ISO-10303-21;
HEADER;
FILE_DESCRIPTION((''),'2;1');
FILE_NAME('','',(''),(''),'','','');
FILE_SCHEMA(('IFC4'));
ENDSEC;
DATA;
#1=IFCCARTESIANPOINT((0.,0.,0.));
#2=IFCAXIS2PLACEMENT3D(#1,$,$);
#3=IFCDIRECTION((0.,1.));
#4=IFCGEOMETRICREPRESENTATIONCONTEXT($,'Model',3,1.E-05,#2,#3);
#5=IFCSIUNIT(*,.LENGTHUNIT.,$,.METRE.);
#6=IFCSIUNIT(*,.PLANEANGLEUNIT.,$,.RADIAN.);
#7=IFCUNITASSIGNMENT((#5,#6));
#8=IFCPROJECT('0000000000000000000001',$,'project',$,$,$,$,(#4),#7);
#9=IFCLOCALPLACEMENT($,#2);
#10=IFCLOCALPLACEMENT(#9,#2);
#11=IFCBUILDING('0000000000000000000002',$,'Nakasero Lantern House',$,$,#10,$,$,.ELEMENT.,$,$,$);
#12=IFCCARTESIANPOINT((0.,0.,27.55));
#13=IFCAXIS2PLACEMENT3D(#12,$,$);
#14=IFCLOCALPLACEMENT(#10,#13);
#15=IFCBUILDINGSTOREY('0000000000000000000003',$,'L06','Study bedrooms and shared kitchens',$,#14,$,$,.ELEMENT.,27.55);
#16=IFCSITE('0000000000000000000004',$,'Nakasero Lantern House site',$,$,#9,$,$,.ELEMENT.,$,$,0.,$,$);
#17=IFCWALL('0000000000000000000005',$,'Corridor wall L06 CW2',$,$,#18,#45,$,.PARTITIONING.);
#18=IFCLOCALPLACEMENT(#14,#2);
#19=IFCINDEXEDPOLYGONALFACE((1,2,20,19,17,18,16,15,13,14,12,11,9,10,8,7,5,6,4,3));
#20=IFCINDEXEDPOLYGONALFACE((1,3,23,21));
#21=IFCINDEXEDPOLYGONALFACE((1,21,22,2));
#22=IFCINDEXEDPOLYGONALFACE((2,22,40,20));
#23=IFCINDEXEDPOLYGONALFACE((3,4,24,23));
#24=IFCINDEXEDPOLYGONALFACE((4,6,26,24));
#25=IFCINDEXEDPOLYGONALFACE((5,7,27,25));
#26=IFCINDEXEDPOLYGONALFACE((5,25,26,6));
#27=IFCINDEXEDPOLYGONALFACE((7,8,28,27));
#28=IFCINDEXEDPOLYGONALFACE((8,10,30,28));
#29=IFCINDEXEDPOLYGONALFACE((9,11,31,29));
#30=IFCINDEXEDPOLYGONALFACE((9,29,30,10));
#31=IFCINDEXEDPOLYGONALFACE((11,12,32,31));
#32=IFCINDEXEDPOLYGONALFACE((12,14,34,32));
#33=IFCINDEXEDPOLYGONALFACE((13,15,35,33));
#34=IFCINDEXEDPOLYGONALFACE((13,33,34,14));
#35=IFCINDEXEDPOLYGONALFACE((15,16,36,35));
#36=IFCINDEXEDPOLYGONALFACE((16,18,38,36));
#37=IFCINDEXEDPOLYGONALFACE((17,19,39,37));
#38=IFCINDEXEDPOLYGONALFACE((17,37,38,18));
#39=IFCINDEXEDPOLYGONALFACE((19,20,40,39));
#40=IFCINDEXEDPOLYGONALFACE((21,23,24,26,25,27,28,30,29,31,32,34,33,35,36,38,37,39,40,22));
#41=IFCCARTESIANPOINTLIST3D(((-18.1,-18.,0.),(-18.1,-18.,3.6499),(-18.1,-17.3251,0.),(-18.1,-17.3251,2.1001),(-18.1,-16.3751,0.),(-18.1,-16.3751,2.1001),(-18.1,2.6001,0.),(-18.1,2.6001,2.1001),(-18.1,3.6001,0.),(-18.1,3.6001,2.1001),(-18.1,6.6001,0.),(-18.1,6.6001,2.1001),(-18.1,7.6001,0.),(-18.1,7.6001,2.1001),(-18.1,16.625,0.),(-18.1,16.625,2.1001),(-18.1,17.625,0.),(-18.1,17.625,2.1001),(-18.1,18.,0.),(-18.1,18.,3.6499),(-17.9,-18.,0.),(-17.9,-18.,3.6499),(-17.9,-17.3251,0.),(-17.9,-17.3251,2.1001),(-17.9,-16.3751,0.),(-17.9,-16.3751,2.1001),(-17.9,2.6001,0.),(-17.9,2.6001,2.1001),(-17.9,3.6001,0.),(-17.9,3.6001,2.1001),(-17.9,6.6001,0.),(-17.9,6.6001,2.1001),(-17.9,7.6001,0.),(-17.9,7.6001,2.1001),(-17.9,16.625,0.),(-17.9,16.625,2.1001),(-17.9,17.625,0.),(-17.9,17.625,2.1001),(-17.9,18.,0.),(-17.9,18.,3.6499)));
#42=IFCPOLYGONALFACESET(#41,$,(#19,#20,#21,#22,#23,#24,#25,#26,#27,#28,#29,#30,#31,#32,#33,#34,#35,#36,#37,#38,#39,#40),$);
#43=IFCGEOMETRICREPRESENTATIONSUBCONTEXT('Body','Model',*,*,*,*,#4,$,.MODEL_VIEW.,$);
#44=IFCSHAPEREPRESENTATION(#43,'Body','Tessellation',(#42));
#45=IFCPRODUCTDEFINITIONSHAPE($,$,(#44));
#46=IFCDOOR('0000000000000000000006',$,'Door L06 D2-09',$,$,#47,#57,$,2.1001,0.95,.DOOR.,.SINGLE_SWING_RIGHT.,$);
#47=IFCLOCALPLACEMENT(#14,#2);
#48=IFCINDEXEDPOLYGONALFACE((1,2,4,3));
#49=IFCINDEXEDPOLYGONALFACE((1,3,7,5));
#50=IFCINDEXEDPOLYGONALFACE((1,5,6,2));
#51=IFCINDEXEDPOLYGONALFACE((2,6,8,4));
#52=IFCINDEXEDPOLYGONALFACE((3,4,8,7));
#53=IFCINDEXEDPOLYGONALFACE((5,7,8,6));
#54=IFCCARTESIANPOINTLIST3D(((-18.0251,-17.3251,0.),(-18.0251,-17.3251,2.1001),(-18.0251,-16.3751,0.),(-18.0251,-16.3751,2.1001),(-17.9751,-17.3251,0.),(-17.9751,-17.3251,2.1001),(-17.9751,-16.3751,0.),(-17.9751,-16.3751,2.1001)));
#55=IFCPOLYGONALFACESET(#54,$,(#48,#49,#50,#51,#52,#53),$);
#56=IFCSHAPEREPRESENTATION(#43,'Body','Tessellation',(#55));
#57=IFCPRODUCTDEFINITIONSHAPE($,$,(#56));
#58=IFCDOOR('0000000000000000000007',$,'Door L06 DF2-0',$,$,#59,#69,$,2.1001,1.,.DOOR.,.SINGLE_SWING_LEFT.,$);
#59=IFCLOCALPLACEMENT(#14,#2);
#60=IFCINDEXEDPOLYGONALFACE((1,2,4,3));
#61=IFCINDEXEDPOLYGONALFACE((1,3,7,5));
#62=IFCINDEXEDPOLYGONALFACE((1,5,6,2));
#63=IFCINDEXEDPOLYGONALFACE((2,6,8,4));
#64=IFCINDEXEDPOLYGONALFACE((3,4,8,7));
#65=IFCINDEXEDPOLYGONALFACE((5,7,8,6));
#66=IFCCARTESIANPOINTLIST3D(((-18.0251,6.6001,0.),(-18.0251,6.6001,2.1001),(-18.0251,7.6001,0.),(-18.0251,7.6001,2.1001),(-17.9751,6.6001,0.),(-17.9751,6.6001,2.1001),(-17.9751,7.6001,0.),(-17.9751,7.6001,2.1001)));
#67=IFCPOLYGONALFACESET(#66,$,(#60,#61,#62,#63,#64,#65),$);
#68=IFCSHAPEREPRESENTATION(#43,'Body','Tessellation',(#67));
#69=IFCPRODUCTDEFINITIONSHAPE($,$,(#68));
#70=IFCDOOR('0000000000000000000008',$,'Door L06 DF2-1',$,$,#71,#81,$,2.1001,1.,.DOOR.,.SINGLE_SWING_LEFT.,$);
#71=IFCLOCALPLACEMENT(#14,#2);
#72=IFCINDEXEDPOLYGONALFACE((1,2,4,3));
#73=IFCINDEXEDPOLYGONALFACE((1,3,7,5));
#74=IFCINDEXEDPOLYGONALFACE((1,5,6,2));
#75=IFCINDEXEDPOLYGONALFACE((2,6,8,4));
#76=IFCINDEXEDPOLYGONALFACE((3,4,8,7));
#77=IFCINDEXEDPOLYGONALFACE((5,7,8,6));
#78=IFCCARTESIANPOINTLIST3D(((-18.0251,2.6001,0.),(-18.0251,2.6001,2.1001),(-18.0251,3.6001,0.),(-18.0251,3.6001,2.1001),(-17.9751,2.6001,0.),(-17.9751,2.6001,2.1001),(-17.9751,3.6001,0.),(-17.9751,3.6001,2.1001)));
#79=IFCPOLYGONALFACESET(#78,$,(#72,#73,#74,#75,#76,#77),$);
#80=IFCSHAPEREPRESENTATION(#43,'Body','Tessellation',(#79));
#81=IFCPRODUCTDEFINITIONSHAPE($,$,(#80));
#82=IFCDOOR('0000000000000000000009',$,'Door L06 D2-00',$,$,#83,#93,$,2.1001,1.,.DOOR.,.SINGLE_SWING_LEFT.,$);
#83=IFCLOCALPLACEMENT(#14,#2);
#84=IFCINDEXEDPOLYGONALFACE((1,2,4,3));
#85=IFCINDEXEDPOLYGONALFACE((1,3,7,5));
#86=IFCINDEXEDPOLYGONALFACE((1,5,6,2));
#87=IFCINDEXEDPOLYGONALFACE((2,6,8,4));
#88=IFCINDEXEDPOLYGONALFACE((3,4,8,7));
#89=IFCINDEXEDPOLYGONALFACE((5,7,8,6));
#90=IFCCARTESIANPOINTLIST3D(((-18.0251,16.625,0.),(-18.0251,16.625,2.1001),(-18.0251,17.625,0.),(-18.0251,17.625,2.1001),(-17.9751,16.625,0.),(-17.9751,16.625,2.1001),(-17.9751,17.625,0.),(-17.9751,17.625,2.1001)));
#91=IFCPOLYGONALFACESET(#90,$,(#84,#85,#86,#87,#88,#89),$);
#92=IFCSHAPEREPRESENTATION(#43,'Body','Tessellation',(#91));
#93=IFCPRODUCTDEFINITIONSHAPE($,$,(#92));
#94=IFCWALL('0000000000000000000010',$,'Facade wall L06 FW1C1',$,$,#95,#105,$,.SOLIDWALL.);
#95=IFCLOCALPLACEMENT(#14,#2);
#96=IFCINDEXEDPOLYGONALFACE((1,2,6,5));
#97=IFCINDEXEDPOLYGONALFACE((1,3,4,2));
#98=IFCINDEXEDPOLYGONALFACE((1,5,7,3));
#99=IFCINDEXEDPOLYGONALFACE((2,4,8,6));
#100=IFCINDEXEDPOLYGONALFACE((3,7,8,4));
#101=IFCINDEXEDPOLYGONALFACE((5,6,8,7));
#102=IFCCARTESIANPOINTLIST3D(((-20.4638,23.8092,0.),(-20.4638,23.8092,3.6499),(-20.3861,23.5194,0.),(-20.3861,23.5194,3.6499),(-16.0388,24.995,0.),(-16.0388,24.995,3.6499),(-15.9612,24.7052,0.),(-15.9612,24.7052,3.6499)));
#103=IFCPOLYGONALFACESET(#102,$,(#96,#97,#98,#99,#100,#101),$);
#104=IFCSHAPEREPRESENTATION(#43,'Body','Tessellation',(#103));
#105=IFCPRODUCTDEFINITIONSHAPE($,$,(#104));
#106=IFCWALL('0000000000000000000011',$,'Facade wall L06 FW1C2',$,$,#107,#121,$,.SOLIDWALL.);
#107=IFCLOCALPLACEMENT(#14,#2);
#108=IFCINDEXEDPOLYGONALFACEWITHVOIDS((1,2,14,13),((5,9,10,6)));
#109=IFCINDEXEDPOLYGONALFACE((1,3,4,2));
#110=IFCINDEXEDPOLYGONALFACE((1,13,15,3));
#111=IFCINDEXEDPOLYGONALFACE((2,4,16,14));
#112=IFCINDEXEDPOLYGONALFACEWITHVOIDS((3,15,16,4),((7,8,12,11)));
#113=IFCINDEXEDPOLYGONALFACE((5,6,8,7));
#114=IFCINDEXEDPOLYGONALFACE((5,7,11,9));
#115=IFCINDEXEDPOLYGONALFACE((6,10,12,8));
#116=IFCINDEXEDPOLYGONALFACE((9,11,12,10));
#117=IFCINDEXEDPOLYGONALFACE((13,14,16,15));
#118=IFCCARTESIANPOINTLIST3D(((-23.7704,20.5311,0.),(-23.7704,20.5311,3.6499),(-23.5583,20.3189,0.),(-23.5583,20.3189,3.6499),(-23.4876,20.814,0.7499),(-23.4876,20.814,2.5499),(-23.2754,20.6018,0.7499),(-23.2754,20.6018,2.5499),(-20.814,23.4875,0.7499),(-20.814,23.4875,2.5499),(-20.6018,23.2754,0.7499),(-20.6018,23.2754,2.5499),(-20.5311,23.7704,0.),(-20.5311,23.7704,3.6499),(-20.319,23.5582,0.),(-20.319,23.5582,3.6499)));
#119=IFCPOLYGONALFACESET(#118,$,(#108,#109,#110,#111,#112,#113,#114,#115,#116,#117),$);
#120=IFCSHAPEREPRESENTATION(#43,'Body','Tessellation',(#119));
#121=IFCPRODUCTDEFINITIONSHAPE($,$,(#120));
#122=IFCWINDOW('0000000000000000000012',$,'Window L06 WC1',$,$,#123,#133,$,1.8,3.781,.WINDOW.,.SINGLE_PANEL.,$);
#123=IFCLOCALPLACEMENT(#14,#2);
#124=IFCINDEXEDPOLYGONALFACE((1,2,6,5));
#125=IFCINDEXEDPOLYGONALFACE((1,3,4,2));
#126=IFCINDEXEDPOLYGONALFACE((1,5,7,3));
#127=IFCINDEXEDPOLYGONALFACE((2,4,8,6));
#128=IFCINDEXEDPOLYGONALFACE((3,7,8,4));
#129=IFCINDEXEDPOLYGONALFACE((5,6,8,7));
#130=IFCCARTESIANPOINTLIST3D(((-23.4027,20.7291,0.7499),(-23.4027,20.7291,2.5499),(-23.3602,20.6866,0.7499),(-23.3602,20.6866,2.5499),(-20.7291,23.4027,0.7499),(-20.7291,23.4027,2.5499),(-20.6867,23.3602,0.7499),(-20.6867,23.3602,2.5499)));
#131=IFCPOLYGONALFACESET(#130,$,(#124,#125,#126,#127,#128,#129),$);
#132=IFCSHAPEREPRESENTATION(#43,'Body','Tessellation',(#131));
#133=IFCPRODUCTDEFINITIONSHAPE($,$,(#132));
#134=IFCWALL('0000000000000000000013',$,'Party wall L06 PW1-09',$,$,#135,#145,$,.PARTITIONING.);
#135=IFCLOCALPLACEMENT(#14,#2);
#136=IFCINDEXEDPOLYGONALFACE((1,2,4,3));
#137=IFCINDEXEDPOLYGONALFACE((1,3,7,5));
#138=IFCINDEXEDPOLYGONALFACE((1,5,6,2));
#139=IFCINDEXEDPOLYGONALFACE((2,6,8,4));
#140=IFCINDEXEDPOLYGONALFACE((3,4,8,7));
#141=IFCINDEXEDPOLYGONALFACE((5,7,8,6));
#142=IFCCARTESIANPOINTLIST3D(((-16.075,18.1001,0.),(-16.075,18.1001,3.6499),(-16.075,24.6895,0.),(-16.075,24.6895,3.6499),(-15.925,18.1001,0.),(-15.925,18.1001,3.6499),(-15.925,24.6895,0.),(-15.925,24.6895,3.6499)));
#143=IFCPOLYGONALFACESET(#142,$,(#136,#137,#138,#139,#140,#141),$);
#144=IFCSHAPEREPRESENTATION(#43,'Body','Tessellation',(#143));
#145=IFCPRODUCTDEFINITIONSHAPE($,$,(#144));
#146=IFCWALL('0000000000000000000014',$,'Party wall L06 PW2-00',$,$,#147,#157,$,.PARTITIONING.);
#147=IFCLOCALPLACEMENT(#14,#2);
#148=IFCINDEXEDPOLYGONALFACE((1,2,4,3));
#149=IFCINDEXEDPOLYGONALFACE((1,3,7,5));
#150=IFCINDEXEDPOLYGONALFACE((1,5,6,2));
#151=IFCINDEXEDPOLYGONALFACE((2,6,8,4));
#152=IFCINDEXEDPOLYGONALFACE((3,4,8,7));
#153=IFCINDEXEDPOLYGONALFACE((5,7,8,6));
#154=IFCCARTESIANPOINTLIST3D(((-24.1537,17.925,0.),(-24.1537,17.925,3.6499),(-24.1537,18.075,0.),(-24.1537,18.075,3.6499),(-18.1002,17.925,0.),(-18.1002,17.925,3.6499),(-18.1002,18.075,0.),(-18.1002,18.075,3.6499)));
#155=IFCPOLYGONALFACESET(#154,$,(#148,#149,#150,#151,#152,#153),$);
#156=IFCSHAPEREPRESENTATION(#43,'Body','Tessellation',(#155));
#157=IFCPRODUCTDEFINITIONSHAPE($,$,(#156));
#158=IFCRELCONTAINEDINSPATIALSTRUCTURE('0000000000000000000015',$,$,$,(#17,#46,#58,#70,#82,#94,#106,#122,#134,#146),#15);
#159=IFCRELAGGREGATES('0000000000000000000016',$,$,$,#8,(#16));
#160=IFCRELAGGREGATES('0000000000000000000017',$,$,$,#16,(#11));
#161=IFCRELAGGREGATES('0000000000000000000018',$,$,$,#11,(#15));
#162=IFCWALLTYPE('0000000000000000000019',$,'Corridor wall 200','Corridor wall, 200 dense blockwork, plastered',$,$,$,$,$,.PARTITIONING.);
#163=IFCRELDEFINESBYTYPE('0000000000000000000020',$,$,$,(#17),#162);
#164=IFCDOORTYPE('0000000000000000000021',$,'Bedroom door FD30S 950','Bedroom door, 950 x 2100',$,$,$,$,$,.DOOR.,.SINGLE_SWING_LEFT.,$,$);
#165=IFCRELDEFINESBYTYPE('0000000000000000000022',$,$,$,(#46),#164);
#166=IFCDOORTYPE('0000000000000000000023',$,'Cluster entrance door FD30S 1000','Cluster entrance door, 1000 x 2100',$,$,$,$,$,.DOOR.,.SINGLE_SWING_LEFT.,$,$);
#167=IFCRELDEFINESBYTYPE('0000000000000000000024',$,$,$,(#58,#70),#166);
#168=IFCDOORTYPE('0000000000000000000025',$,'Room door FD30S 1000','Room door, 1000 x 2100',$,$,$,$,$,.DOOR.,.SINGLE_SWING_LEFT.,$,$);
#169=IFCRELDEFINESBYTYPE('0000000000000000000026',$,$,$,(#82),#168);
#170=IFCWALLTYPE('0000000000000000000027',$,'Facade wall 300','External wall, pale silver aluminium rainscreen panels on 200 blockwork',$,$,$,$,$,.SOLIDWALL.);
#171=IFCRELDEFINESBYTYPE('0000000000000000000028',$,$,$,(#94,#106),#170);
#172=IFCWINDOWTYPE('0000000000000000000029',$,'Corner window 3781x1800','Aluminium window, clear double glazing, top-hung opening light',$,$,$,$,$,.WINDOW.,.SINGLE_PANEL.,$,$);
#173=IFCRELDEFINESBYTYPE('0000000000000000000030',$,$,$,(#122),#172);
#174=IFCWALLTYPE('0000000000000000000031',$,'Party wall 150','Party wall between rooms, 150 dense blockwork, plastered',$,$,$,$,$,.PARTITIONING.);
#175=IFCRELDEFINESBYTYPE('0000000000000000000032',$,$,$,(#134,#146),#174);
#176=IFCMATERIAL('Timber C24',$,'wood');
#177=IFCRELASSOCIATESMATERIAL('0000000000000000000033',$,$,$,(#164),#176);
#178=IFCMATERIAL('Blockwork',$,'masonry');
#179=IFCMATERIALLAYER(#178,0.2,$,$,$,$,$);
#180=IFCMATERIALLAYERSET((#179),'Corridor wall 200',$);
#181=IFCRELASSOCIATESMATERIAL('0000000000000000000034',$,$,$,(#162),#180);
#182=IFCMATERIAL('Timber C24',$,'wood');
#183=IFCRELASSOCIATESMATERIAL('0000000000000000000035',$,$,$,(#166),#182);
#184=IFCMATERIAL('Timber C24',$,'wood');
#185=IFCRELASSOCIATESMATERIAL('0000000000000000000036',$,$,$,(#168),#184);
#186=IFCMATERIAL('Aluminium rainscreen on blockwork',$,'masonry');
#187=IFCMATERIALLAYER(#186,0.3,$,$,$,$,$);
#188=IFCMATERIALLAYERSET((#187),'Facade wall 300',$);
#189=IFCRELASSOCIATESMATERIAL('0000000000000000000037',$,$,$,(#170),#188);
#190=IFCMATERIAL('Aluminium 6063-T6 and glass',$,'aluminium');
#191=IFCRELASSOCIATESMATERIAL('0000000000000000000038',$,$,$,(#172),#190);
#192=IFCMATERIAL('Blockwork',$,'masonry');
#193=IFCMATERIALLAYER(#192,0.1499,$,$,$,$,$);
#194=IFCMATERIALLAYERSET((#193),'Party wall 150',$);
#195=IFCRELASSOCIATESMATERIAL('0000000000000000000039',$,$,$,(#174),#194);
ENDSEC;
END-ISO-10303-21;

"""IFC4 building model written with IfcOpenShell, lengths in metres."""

from ifc_helpers import new_model, si_unit, direction, frame, frame_2d, origin, place, context, subcontext, project, spatial, rectangle, extrude, material, layer, layer_set, type_object, element, fill, save


model = new_model("IFC4")

# Units and contexts
model_context = context("Model", 3, precision=1e-05, world=origin(), true_north=direction((0.0, 1.0)))
body_context = subcontext(model_context, "Body", "Model", "MODEL_VIEW")
ifc_project = project(units=[si_unit("LENGTHUNIT", "METRE"), si_unit("PLANEANGLEUNIT", "RADIAN")], contexts=[model_context])

# Site, building, storey
site_placement = place(None, origin())
site = spatial("IfcSite", under=ifc_project, at=site_placement, Name="Nakasero Lantern House site", CompositionType="ELEMENT", RefElevation=0.0)
building_placement = place(site_placement, origin())
building = spatial("IfcBuilding", under=site, at=building_placement, Name="Nakasero Lantern House", CompositionType="ELEMENT")
storey_placement = place(building_placement, frame((0.0, 0.0, 27.55)))
storey = spatial("IfcBuildingStorey", under=building, at=storey_placement, Name="L06", Description="Study bedrooms and shared kitchens", CompositionType="ELEMENT", Elevation=27.55)

# Wall, openings, doors
ifc_material_1 = material(Name="Timber C24", Category="wood")
door_type_1 = type_object("IfcDoorType", Name="Bedroom door FD30S 950", Description="Bedroom door, 950 x 2100", OperationType="SINGLE_SWING_LEFT", PredefinedType="DOOR", material=ifc_material_1)
ifc_material_2 = material(Name="Blockwork", Category="masonry")
ifc_layer_1 = layer(ifc_material_2, 0.2)
ifc_layer_set_1 = layer_set([ifc_layer_1], Name="Corridor wall 200")
wall_type_1 = type_object("IfcWallType", Name="Corridor wall 200", Description="Corridor wall, 200 dense blockwork, plastered", PredefinedType="PARTITIONING", material=ifc_layer_set_1)
wall_1_placement = place(storey_placement, frame((-18.0, 18.0, 0.0), z_axis=(0.0, 0.0, 1.0), x_axis=(0.0, -1.0, 0.0)))
wall_1 = element("IfcWall", 1, at=wall_1_placement, inside=storey, type_object=wall_type_1, Name="Corridor wall L06 CW2", PredefinedType="PARTITIONING", context=body_context, shape_type="SweptSolid", body=[
    extrude(rectangle(XDim=36.0, YDim=0.2, at=frame_2d((18.0, 0.0))), origin(), (0.0, 0.0, 1.0), 3.6499),
])
opening_1_placement = place(wall_1_placement, frame((10.3999, 0.0, 0.0)))
opening_1 = element("IfcOpeningElement", 2, at=opening_1_placement, cuts=wall_1, PredefinedType="OPENING", context=body_context, shape_type="SweptSolid", body=[
    extrude(rectangle(XDim=1.0, YDim=2.1001, at=frame_2d((0.5, 1.05))), frame((0.0, 0.1199, 0.0), z_axis=(0.0, -1.0, 0.0), x_axis=(1.0, 0.0, 0.0)), (0.0, 0.0, 1.0), 0.24),
])
opening_2_placement = place(wall_1_placement, frame((14.3999, 0.0, 0.0)))
opening_2 = element("IfcOpeningElement", 3, at=opening_2_placement, cuts=wall_1, PredefinedType="OPENING", context=body_context, shape_type="SweptSolid", body=[
    extrude(rectangle(XDim=1.0, YDim=2.1001, at=frame_2d((0.5, 1.05))), frame((0.0, 0.1199, 0.0), z_axis=(0.0, -1.0, 0.0), x_axis=(1.0, 0.0, 0.0)), (0.0, 0.0, 1.0), 0.24),
])
opening_3_placement = place(wall_1_placement, frame((0.375, 0.0, 0.0)))
opening_3 = element("IfcOpeningElement", 4, at=opening_3_placement, cuts=wall_1, PredefinedType="OPENING", context=body_context, shape_type="SweptSolid", body=[
    extrude(rectangle(XDim=1.0, YDim=2.1001, at=frame_2d((0.5, 1.05))), frame((0.0, 0.1199, 0.0), z_axis=(0.0, -1.0, 0.0), x_axis=(1.0, 0.0, 0.0)), (0.0, 0.0, 1.0), 0.24),
])
opening_4_placement = place(wall_1_placement, frame((34.375, 0.0, 0.0)))
opening_4 = element("IfcOpeningElement", 5, at=opening_4_placement, cuts=wall_1, PredefinedType="OPENING", context=body_context, shape_type="SweptSolid", body=[
    extrude(rectangle(XDim=0.95, YDim=2.1001, at=frame_2d((0.4751, 1.05))), frame((0.0, 0.1199, 0.0), z_axis=(0.0, -1.0, 0.0), x_axis=(1.0, 0.0, 0.0)), (0.0, 0.0, 1.0), 0.24),
])
door_1_placement = place(opening_4_placement, origin())
door_1 = element("IfcDoor", 6, at=door_1_placement, inside=storey, type_object=door_type_1, Name="Door L06 D2-09", OperationType="SINGLE_SWING_RIGHT", OverallHeight=2.1001, OverallWidth=0.95, PredefinedType="DOOR", context=body_context, shape_type="SweptSolid", body=[
    extrude(rectangle(XDim=0.95, YDim=2.1001, at=frame_2d((0.4751, 1.05))), frame((0.0, 0.0249, 0.0), z_axis=(0.0, -1.0, 0.0), x_axis=(1.0, 0.0, 0.0)), (0.0, 0.0, 1.0), 0.05),
])
fill(opening_4, door_1)
ifc_material_3 = material(Name="Timber C24", Category="wood")
door_type_2 = type_object("IfcDoorType", Name="Cluster entrance door FD30S 1000", Description="Cluster entrance door, 1000 x 2100", OperationType="SINGLE_SWING_LEFT", PredefinedType="DOOR", material=ifc_material_3)
door_2_placement = place(opening_1_placement, origin())
door_2 = element("IfcDoor", 7, at=door_2_placement, inside=storey, type_object=door_type_2, Name="Door L06 DF2-0", OperationType="SINGLE_SWING_LEFT", OverallHeight=2.1001, OverallWidth=1.0, PredefinedType="DOOR", context=body_context, shape_type="SweptSolid", body=[
    extrude(rectangle(XDim=1.0, YDim=2.1001, at=frame_2d((0.5, 1.05))), frame((0.0, 0.0249, 0.0), z_axis=(0.0, -1.0, 0.0), x_axis=(1.0, 0.0, 0.0)), (0.0, 0.0, 1.0), 0.05),
])
fill(opening_1, door_2)
door_3_placement = place(opening_2_placement, origin())
door_3 = element("IfcDoor", 8, at=door_3_placement, inside=storey, type_object=door_type_2, Name="Door L06 DF2-1", OperationType="SINGLE_SWING_LEFT", OverallHeight=2.1001, OverallWidth=1.0, PredefinedType="DOOR", context=body_context, shape_type="SweptSolid", body=[
    extrude(rectangle(XDim=1.0, YDim=2.1001, at=frame_2d((0.5, 1.05))), frame((0.0, 0.0249, 0.0), z_axis=(0.0, -1.0, 0.0), x_axis=(1.0, 0.0, 0.0)), (0.0, 0.0, 1.0), 0.05),
])
fill(opening_2, door_3)
ifc_material_4 = material(Name="Timber C24", Category="wood")
door_type_3 = type_object("IfcDoorType", Name="Room door FD30S 1000", Description="Room door, 1000 x 2100", OperationType="SINGLE_SWING_LEFT", PredefinedType="DOOR", material=ifc_material_4)
door_4_placement = place(opening_3_placement, origin())
door_4 = element("IfcDoor", 9, at=door_4_placement, inside=storey, type_object=door_type_3, Name="Door L06 D2-00", OperationType="SINGLE_SWING_LEFT", OverallHeight=2.1001, OverallWidth=1.0, PredefinedType="DOOR", context=body_context, shape_type="SweptSolid", body=[
    extrude(rectangle(XDim=1.0, YDim=2.1001, at=frame_2d((0.5, 1.05))), frame((0.0, 0.0249, 0.0), z_axis=(0.0, -1.0, 0.0), x_axis=(1.0, 0.0, 0.0)), (0.0, 0.0, 1.0), 0.05),
])
fill(opening_3, door_4)

# Wall
ifc_material_5 = material(Name="Aluminium rainscreen on blockwork", Category="masonry")
ifc_layer_2 = layer(ifc_material_5, 0.3)
ifc_layer_set_2 = layer_set([ifc_layer_2], Name="Facade wall 300")
wall_type_2 = type_object("IfcWallType", Name="Facade wall 300", Description="External wall, pale silver aluminium rainscreen panels on 200 blockwork", PredefinedType="SOLIDWALL", material=ifc_layer_set_2)
wall_2_placement = place(storey_placement, frame((-16.0, 24.8501, 0.0), z_axis=(0.0, 0.0, 1.0), x_axis=(-0.96592, -0.25884, 0.0)))
element("IfcWall", 10, at=wall_2_placement, inside=storey, type_object=wall_type_2, Name="Facade wall L06 FW1C1", PredefinedType="SOLIDWALL", context=body_context, shape_type="SweptSolid", body=[
    extrude(rectangle(XDim=4.5811, YDim=0.3, at=frame_2d((2.2905, 0.0))), origin(), (0.0, 0.0, 1.0), 3.6499),
])

# Wall, opening, window
wall_3_placement = place(storey_placement, frame((-20.425, 23.6643, 0.0), z_axis=(0.0, 0.0, 1.0), x_axis=(-0.707107, -0.707107, 0.0)))
wall_3 = element("IfcWall", 11, at=wall_3_placement, inside=storey, type_object=wall_type_2, Name="Facade wall L06 FW1C2", PredefinedType="SOLIDWALL", context=body_context, shape_type="SweptSolid", body=[
    extrude(rectangle(XDim=4.5811, YDim=0.3, at=frame_2d((2.2905, 0.0))), origin(), (0.0, 0.0, 1.0), 3.6499),
])
opening_5_placement = place(wall_3_placement, frame((0.3999, 0.0, 0.75)))
opening_5 = element("IfcOpeningElement", 12, at=opening_5_placement, cuts=wall_3, PredefinedType="OPENING", context=body_context, shape_type="SweptSolid", body=[
    extrude(rectangle(XDim=3.781, YDim=1.8, at=frame_2d((1.8906, 0.8999))), frame((0.0, 0.1699, 0.0), z_axis=(0.0, -1.0, 0.0), x_axis=(1.0, 0.0, 0.0)), (0.0, 0.0, 1.0), 0.3401),
])
ifc_material_6 = material(Name="Aluminium 6063-T6 and glass", Category="aluminium")
window_type = type_object("IfcWindowType", Name="Corner window 3781x1800", Description="Aluminium window, clear double glazing, top-hung opening light", PartitioningType="SINGLE_PANEL", PredefinedType="WINDOW", material=ifc_material_6)
window_placement = place(opening_5_placement, origin())
window = element("IfcWindow", 13, at=window_placement, inside=storey, type_object=window_type, Name="Window L06 WC1", OverallHeight=1.8, OverallWidth=3.781, PartitioningType="SINGLE_PANEL", PredefinedType="WINDOW", context=body_context, shape_type="SweptSolid", body=[
    extrude(rectangle(XDim=3.781, YDim=1.8, at=frame_2d((1.8906, 0.8999))), frame((0.0, 0.03, 0.0), z_axis=(0.0, -1.0, 0.0), x_axis=(1.0, 0.0, 0.0)), (0.0, 0.0, 1.0), 0.0601),
])
fill(opening_5, window)

# Walls
ifc_material_7 = material(Name="Blockwork", Category="masonry")
ifc_layer_3 = layer(ifc_material_7, 0.1499)
ifc_layer_set_3 = layer_set([ifc_layer_3], Name="Party wall 150")
wall_type_3 = type_object("IfcWallType", Name="Party wall 150", Description="Party wall between rooms, 150 dense blockwork, plastered", PredefinedType="PARTITIONING", material=ifc_layer_set_3)
wall_4_placement = place(storey_placement, frame((-16.0, 18.1001, 0.0), z_axis=(0.0, 0.0, 1.0), x_axis=(0.0, 1.0, 0.0)))
element("IfcWall", 14, at=wall_4_placement, inside=storey, type_object=wall_type_3, Name="Party wall L06 PW1-09", PredefinedType="PARTITIONING", context=body_context, shape_type="SweptSolid", body=[
    extrude(rectangle(XDim=6.5894, YDim=0.1499, at=frame_2d((3.2947, 0.0))), origin(), (0.0, 0.0, 1.0), 3.6499),
])
wall_5_placement = place(storey_placement, frame((-18.1001, 18.0, 0.0), z_axis=(0.0, 0.0, 1.0), x_axis=(-1.0, 0.0, 0.0)))
element("IfcWall", 15, at=wall_5_placement, inside=storey, type_object=wall_type_3, Name="Party wall L06 PW2-00", PredefinedType="PARTITIONING", context=body_context, shape_type="SweptSolid", body=[
    extrude(rectangle(XDim=6.0535, YDim=0.1499, at=frame_2d((3.0269, 0.0))), origin(), (0.0, 0.0, 1.0), 3.6499),
])

save(model, "model.ifc")
